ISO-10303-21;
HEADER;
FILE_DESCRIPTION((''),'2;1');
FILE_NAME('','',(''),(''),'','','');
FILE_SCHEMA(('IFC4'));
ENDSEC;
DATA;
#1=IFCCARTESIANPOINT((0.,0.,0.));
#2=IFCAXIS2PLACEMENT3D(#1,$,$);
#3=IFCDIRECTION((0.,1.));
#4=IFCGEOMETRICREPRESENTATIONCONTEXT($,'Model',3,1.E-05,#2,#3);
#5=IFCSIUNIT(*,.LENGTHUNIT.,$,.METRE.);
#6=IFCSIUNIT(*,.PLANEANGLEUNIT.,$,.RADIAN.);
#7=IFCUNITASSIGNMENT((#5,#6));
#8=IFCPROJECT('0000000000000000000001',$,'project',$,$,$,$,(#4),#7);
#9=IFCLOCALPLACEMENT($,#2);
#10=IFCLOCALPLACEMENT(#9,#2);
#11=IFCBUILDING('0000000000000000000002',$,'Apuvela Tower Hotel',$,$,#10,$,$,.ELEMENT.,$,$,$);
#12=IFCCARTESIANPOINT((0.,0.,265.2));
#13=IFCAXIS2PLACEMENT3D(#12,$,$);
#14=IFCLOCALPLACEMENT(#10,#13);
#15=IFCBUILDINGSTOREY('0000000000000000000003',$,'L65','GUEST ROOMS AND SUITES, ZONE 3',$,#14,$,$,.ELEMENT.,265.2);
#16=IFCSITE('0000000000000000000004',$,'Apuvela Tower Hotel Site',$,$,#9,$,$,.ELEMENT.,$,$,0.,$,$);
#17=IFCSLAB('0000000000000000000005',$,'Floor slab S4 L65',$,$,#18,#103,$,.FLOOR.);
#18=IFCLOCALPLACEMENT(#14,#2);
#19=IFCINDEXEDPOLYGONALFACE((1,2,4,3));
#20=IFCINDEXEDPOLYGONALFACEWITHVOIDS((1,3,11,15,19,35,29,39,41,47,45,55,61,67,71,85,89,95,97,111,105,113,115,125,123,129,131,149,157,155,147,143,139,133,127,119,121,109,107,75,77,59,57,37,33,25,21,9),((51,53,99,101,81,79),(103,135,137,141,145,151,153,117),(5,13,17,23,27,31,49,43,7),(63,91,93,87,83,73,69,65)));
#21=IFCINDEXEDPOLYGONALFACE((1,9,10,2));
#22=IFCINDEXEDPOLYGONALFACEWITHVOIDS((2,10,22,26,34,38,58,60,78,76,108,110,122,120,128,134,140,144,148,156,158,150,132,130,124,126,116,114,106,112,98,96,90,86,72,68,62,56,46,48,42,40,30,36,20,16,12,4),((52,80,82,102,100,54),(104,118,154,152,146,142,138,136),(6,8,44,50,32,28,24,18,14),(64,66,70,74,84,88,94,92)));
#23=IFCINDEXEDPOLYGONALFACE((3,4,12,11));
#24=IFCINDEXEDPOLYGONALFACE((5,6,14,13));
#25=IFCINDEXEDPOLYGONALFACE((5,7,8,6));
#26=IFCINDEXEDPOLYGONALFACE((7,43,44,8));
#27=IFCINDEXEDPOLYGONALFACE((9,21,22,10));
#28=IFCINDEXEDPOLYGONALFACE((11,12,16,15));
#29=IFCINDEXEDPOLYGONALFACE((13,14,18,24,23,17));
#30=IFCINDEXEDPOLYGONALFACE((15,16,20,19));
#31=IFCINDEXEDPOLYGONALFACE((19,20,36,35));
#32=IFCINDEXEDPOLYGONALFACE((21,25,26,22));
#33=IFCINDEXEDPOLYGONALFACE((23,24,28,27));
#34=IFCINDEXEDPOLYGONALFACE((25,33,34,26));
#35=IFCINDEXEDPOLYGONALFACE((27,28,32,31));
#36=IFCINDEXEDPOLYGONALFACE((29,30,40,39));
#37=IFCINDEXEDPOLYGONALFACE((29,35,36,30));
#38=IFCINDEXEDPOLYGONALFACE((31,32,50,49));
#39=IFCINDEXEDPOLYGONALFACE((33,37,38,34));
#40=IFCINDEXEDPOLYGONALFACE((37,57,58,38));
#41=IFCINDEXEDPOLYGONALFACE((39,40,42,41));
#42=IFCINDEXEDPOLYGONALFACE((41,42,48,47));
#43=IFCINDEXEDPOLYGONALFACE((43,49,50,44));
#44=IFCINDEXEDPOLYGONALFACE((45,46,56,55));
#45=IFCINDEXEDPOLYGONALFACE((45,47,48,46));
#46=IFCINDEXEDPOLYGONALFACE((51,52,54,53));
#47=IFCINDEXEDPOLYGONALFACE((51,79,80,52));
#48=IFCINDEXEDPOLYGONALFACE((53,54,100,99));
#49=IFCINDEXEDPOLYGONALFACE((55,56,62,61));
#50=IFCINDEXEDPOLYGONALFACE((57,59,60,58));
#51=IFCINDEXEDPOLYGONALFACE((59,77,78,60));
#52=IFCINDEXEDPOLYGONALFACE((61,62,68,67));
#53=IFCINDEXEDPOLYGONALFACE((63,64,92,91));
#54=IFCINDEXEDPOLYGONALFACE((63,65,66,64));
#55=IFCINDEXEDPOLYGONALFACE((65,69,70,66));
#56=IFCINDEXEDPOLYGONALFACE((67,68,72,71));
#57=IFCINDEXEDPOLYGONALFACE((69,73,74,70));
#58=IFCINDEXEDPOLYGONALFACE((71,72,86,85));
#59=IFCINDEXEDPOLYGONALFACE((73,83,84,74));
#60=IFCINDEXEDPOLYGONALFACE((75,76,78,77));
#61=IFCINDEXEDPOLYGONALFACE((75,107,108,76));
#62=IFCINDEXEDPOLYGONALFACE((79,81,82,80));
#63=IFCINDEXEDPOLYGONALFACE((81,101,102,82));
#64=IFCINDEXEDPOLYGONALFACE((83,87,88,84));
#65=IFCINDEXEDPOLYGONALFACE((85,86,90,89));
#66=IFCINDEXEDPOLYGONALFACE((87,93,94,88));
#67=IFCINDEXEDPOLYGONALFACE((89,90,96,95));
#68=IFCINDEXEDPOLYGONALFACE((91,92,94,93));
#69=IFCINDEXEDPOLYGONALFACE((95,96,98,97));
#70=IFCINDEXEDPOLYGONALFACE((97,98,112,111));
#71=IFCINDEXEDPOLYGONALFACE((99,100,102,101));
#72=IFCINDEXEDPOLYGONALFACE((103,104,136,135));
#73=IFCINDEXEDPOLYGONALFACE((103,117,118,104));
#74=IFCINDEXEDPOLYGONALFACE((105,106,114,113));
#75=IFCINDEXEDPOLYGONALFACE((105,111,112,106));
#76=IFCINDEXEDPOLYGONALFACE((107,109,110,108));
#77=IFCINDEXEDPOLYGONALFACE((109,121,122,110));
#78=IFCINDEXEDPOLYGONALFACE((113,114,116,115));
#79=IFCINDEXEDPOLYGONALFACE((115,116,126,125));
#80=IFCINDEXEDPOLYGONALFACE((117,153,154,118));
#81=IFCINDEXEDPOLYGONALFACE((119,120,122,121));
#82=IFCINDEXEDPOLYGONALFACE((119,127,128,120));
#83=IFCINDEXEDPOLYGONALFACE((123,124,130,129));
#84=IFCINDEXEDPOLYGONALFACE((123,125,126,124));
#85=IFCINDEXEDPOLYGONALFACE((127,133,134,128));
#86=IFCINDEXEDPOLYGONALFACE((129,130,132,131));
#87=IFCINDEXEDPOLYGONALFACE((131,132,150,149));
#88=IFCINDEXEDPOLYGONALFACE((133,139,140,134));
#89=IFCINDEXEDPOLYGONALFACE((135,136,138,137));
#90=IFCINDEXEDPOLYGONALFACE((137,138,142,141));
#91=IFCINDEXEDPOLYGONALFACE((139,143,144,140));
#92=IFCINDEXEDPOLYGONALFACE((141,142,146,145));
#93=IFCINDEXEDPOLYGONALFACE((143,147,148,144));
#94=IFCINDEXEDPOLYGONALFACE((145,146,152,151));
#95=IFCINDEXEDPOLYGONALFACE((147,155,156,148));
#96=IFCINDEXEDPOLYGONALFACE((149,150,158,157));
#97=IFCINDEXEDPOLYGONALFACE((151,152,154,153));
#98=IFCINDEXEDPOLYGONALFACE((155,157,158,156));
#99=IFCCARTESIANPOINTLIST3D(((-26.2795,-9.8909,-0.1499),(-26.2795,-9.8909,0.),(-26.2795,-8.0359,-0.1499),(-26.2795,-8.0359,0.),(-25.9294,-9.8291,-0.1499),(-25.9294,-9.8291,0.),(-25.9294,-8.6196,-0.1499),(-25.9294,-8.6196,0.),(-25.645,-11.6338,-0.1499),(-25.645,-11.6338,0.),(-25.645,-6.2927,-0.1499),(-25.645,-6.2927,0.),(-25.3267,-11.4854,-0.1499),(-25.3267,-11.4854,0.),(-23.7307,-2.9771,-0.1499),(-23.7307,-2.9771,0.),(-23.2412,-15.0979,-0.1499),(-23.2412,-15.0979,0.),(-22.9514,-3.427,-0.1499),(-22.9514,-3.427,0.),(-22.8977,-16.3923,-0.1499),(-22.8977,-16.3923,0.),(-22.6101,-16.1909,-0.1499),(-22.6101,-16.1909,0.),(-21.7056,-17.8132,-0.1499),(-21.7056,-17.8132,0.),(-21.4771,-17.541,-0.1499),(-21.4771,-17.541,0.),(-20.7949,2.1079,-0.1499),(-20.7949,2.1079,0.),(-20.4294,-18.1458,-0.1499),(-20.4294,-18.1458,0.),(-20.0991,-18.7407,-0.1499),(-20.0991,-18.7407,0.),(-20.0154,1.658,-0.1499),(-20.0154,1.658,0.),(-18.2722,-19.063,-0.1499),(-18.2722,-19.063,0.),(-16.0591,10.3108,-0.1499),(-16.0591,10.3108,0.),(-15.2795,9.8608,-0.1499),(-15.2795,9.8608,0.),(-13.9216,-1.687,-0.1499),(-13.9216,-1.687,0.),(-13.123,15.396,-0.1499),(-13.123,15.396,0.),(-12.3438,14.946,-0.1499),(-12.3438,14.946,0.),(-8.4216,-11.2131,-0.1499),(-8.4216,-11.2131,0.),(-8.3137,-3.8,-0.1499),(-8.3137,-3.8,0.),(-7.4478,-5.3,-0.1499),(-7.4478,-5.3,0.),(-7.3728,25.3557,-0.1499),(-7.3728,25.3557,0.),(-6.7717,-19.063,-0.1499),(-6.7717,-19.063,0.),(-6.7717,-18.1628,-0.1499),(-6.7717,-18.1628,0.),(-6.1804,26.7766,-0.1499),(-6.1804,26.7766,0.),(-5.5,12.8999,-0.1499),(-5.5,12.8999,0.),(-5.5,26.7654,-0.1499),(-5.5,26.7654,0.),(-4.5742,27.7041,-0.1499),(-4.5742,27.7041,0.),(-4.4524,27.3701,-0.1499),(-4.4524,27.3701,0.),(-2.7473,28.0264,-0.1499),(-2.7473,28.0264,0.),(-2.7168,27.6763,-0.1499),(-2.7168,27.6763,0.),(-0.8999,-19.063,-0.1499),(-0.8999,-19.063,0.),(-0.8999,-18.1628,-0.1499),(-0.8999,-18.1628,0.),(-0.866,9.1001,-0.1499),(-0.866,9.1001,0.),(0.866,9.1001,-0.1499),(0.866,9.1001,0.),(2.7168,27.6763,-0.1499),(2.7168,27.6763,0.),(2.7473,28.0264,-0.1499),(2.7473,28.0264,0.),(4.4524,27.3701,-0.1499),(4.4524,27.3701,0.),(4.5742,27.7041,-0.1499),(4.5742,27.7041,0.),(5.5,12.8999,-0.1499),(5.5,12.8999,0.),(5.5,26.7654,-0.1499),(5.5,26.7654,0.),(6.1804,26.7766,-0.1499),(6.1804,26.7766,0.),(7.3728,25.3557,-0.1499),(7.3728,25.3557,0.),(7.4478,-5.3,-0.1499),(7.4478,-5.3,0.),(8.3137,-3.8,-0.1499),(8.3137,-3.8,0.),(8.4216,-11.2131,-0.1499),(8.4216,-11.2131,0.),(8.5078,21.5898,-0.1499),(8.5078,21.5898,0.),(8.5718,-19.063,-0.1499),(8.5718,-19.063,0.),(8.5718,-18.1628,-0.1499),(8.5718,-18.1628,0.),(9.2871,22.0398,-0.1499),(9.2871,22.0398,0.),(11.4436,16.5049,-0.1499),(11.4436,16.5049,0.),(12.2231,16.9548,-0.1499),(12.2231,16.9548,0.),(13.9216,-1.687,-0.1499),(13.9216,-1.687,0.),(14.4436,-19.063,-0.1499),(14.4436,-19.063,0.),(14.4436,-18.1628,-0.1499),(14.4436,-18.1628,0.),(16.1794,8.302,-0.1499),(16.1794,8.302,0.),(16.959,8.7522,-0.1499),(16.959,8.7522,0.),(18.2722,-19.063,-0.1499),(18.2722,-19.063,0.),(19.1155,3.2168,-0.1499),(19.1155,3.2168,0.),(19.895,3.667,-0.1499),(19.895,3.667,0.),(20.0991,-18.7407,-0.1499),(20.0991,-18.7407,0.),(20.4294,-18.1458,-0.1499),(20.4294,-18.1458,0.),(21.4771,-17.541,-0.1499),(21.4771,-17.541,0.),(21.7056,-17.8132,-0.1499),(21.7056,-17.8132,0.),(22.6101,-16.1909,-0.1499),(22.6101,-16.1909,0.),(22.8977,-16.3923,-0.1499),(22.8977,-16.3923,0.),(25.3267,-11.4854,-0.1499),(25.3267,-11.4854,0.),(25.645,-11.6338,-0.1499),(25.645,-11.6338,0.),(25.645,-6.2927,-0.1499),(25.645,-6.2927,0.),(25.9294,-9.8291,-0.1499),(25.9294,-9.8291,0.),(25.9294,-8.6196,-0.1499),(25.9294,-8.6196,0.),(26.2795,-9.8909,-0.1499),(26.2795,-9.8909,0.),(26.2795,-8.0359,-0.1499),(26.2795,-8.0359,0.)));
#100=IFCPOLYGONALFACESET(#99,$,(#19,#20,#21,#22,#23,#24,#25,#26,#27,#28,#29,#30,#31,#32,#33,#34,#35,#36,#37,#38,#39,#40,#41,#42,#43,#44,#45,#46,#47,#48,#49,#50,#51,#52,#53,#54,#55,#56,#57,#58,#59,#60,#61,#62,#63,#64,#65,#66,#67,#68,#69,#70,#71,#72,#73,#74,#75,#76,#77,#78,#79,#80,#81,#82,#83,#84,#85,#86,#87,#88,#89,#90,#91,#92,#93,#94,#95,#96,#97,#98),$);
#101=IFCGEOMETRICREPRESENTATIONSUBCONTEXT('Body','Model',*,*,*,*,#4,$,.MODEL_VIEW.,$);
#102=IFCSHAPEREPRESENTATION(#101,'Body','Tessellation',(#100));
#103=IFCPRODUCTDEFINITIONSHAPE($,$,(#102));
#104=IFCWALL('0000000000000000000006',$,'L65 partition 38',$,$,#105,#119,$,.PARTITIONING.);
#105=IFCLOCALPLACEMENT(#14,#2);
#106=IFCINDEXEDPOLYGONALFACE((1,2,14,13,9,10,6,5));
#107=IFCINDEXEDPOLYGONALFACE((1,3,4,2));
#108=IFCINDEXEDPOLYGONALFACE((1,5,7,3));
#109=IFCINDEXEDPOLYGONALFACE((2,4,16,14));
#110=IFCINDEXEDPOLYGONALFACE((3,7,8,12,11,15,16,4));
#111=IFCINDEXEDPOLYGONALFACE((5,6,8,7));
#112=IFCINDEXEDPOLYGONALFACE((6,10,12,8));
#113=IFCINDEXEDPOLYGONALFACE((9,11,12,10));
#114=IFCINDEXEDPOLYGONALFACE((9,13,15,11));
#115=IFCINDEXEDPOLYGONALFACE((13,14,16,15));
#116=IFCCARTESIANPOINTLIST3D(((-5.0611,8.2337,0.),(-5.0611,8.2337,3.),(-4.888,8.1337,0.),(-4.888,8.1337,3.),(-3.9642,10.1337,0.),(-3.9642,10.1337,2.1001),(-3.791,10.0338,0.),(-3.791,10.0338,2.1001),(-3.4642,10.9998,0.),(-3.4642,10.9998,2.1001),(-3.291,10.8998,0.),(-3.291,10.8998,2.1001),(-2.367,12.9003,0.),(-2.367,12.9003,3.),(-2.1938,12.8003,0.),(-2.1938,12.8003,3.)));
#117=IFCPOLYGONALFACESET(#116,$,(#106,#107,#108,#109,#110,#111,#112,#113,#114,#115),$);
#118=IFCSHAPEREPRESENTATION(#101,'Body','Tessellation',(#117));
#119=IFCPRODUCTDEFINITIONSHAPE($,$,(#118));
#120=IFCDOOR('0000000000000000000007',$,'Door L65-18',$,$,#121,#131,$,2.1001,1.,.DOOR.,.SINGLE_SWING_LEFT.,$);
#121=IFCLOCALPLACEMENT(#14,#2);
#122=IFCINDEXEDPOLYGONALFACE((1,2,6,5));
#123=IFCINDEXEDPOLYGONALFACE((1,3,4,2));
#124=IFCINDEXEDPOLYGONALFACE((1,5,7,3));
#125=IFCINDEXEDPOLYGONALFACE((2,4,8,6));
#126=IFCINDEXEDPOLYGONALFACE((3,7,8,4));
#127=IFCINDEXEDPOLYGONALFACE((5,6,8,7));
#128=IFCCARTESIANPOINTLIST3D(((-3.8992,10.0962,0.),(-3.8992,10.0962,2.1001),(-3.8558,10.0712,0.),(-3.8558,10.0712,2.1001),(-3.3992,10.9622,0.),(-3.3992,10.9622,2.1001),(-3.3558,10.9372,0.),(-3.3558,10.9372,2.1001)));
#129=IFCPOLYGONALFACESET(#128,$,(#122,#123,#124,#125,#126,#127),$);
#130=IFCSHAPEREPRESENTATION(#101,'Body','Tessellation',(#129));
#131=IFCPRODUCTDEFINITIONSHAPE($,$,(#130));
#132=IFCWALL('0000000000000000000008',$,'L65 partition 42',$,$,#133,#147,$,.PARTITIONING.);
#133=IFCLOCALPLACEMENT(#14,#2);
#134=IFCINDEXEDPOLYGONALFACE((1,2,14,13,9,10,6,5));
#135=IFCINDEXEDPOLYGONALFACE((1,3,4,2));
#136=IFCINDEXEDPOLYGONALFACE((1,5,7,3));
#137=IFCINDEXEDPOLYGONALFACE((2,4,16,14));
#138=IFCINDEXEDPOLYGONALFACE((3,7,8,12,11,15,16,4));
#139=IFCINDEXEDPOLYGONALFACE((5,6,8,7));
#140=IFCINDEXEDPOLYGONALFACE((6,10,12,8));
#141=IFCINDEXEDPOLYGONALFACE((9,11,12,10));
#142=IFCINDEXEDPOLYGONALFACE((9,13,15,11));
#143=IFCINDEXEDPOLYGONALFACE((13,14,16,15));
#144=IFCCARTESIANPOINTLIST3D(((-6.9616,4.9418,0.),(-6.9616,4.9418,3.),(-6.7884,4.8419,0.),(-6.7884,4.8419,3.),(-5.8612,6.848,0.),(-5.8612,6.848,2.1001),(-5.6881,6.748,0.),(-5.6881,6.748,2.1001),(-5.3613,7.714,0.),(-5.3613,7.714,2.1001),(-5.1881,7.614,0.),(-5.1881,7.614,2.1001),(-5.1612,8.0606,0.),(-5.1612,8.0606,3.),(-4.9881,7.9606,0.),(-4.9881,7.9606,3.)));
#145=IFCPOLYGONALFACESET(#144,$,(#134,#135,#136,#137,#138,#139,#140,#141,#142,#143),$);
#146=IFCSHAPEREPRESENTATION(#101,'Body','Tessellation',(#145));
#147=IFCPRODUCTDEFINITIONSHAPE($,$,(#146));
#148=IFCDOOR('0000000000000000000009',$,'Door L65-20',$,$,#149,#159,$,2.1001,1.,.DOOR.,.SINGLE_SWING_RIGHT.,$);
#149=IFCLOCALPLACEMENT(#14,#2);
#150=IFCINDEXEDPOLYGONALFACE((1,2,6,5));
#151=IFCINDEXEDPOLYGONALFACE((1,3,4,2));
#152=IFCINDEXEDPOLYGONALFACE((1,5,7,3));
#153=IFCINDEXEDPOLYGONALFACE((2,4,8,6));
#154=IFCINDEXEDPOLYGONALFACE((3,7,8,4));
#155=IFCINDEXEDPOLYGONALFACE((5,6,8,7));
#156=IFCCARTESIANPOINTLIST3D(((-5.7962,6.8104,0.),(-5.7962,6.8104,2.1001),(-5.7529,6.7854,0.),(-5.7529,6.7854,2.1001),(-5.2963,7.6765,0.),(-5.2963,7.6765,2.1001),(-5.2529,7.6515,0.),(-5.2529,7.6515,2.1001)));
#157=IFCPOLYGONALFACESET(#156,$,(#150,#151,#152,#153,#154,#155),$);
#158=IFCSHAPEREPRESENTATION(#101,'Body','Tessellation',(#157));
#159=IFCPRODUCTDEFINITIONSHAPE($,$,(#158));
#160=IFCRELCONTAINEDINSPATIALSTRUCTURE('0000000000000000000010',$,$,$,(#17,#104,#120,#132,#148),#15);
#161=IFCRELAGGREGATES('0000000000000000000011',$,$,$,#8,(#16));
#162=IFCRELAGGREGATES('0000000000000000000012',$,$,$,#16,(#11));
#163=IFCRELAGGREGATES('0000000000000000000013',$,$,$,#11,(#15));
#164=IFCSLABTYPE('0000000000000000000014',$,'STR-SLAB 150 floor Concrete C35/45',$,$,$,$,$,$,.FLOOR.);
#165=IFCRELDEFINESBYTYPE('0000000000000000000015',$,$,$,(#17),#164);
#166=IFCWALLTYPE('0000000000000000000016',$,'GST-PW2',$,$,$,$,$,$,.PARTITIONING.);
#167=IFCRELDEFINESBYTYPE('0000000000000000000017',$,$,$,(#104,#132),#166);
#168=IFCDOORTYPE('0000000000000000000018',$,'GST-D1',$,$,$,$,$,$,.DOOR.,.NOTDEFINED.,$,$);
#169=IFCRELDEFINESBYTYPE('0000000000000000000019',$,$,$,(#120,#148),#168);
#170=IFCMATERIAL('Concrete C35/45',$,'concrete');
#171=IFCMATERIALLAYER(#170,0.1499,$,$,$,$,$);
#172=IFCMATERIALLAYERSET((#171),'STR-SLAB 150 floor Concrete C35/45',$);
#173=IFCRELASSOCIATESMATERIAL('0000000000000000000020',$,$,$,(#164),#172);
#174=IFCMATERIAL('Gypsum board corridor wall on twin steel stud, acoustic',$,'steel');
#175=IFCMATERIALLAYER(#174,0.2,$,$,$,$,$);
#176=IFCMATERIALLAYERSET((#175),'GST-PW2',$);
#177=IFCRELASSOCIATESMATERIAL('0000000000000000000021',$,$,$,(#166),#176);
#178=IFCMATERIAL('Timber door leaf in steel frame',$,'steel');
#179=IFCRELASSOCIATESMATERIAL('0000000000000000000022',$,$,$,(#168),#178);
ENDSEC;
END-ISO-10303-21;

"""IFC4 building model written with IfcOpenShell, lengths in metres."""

from ifc_helpers import new_model, si_unit, direction, frame, frame_2d, origin, place, context, subcontext, project, spatial, polyline, rectangle, outline, extrude, material, layer, layer_set, type_object, element, fill, save


model = new_model("IFC4")

# Units and contexts
model_context = context("Model", 3, precision=1e-05, world=origin(), true_north=direction((0.0, 1.0)))
body_context = subcontext(model_context, "Body", "Model", "MODEL_VIEW")
ifc_project = project(units=[si_unit("LENGTHUNIT", "METRE"), si_unit("PLANEANGLEUNIT", "RADIAN")], contexts=[model_context])

# Site, building, storey
site_placement = place(None, origin())
site = spatial("IfcSite", under=ifc_project, at=site_placement, Name="Apuvela Tower Hotel Site", CompositionType="ELEMENT", RefElevation=0.0)
building_placement = place(site_placement, origin())
building = spatial("IfcBuilding", under=site, at=building_placement, Name="Apuvela Tower Hotel", CompositionType="ELEMENT")
storey_placement = place(building_placement, frame((0.0, 0.0, 265.2)))
storey = spatial("IfcBuildingStorey", under=building, at=storey_placement, Name="L65", Description="GUEST ROOMS AND SUITES, ZONE 3", CompositionType="ELEMENT", Elevation=265.2)

# Slab
ifc_material_1 = material(Name="Concrete C35/45", Category="concrete")
ifc_layer_1 = layer(ifc_material_1, 0.1499)
ifc_layer_set_1 = layer_set([ifc_layer_1], Name="STR-SLAB 150 floor Concrete C35/45")
slab_type_1 = type_object("IfcSlabType", Name="STR-SLAB 150 floor Concrete C35/45", PredefinedType="FLOOR", material=ifc_layer_set_1)
slab_1_placement = place(storey_placement, frame((0.0, 0.0, -0.1499)))
element("IfcSlab", 1, at=slab_1_placement, inside=storey, type_object=slab_type_1, Name="Floor slab S4 L65", PredefinedType="FLOOR", context=body_context, shape_type="SweptSolid", body=[
    extrude(outline(polyline([(-6.1804, 26.7766), (-4.5742, 27.7041), (-2.7473, 28.0264), (2.7473, 28.0264), (4.5742, 27.7041), (6.1804, 26.7766), (7.3728, 25.3557), (9.2871, 22.0398), (8.5078, 21.5898), (11.4436, 16.5049), (12.2231, 16.9548), (16.959, 8.7522), (16.1794, 8.302), (19.1155, 3.2168), (19.895, 3.667), (25.645, -6.2927), (26.2795, -8.0359), (26.2795, -9.8909), (25.645, -11.6338), (22.8977, -16.3923), (21.7056, -17.8132), (20.0991, -18.7407), (18.2722, -19.063), (14.4436, -19.063), (14.4436, -18.1628), (8.5718, -18.1628), (8.5718, -19.063), (-0.8999, -19.063), (-0.8999, -18.1628), (-6.7717, -18.1628), (-6.7717, -19.063), (-18.2722, -19.063), (-20.0991, -18.7407), (-21.7056, -17.8132), (-22.8977, -16.3923), (-25.645, -11.6338), (-26.2795, -9.8909), (-26.2795, -8.0359), (-25.645, -6.2927), (-23.7307, -2.9771), (-22.9514, -3.427), (-20.0154, 1.658), (-20.7949, 2.1079), (-16.0591, 10.3108), (-15.2795, 9.8608), (-12.3438, 14.946), (-13.123, 15.396), (-7.3728, 25.3557), (-6.1804, 26.7766)]), holes=[polyline([(0.866, 9.1001), (-0.866, 9.1001), (-8.3137, -3.8), (-7.4478, -5.3), (7.4478, -5.3), (8.3137, -3.8), (0.866, 9.1001)]), polyline([(-5.5, 12.8999), (-5.5, 26.7654), (-4.4524, 27.3701), (-2.7168, 27.6763), (2.7168, 27.6763), (4.4524, 27.3701), (5.5, 26.7654), (5.5, 12.8999), (-5.5, 12.8999)]), polyline([(-8.4216, -11.2131), (-20.4294, -18.1458), (-21.4771, -17.541), (-22.6101, -16.1909), (-23.2412, -15.0979), (-25.3267, -11.4854), (-25.9294, -9.8291), (-25.9294, -8.6196), (-13.9216, -1.687), (-8.4216, -11.2131)]), polyline([(13.9216, -1.687), (25.9294, -8.6196), (25.9294, -9.8291), (25.3267, -11.4854), (22.6101, -16.1909), (21.4771, -17.541), (20.4294, -18.1458), (8.4216, -11.2131), (13.9216, -1.687)])]), origin(), (0.0, 0.0, 1.0), 0.1499),
])

# Walls, openings, doors
ifc_material_2 = material(Name="Gypsum board corridor wall on twin steel stud, acoustic", Category="steel")
ifc_layer_2 = layer(ifc_material_2, 0.2)
ifc_layer_set_2 = layer_set([ifc_layer_2], Name="GST-PW2")
wall_type_1 = type_object("IfcWallType", Name="GST-PW2", PredefinedType="PARTITIONING", material=ifc_layer_set_2)
wall_1_placement = place(storey_placement, frame((-4.9746, 8.1836, 0.0), z_axis=(0.0, 0.0, 1.0), x_axis=(0.499984, 0.866035, 0.0)))
wall_1 = element("IfcWall", 2, at=wall_1_placement, inside=storey, type_object=wall_type_1, Name="L65 partition 38", PredefinedType="PARTITIONING", context=body_context, shape_type="SweptSolid", body=[
    extrude(rectangle(XDim=5.3884, YDim=0.2, at=frame_2d((2.6943, 0.0))), origin(), (0.0, 0.0, 1.0), 3.0),
])
opening_1_placement = place(wall_1_placement, frame((2.1941, 0.0, 0.0)))
opening_1 = element("IfcOpeningElement", 3, at=opening_1_placement, cuts=wall_1, PredefinedType="OPENING", context=body_context, shape_type="SweptSolid", body=[
    extrude(rectangle(XDim=1.0, YDim=2.1001, at=frame_2d((0.5, 1.05))), frame((0.0, 0.1099, 0.0), z_axis=(0.0, -1.0, 0.0), x_axis=(1.0, 0.0, 0.0)), (0.0, 0.0, 1.0), 0.22),
])
ifc_material_3 = material(Name="Timber door leaf in steel frame", Category="steel")
door_type_1 = type_object("IfcDoorType", Name="GST-D1", OperationType="NOTDEFINED", PredefinedType="DOOR", material=ifc_material_3)
door_1_placement = place(opening_1_placement, origin())
door_1 = element("IfcDoor", 4, at=door_1_placement, inside=storey, type_object=door_type_1, Name="Door L65-18", OperationType="SINGLE_SWING_LEFT", OverallHeight=2.1001, OverallWidth=1.0, PredefinedType="DOOR", context=body_context, shape_type="SweptSolid", body=[
    extrude(rectangle(XDim=1.0, YDim=2.1001, at=frame_2d((0.5, 1.05))), frame((0.0, 0.0249, 0.0), z_axis=(0.0, -1.0, 0.0), x_axis=(1.0, 0.0, 0.0)), (0.0, 0.0, 1.0), 0.05),
])
fill(opening_1, door_1)
wall_2_placement = place(storey_placement, frame((-6.875, 4.8918, 0.0), z_axis=(0.0, 0.0, 1.0), x_axis=(0.499945, 0.866057, 0.0)))
wall_2 = element("IfcWall", 5, at=wall_2_placement, inside=storey, type_object=wall_type_1, Name="L65 partition 42", PredefinedType="PARTITIONING", context=body_context, shape_type="SweptSolid", body=[
    extrude(rectangle(XDim=3.6011, YDim=0.2, at=frame_2d((1.8005, 0.0))), origin(), (0.0, 0.0, 1.0), 3.0),
])
opening_2_placement = place(wall_2_placement, frame((2.2009, 0.0, 0.0)))
opening_2 = element("IfcOpeningElement", 6, at=opening_2_placement, cuts=wall_2, PredefinedType="OPENING", context=body_context, shape_type="SweptSolid", body=[
    extrude(rectangle(XDim=1.0, YDim=2.1001, at=frame_2d((0.5, 1.05))), frame((0.0, 0.1099, 0.0), z_axis=(0.0, -1.0, 0.0), x_axis=(1.0, 0.0, 0.0)), (0.0, 0.0, 1.0), 0.22),
])
door_2_placement = place(opening_2_placement, origin())
door_2 = element("IfcDoor", 7, at=door_2_placement, inside=storey, type_object=door_type_1, Name="Door L65-20", OperationType="SINGLE_SWING_RIGHT", OverallHeight=2.1001, OverallWidth=1.0, PredefinedType="DOOR", context=body_context, shape_type="SweptSolid", body=[
    extrude(rectangle(XDim=1.0, YDim=2.1001, at=frame_2d((0.5, 1.05))), frame((0.0, 0.0249, 0.0), z_axis=(0.0, -1.0, 0.0), x_axis=(1.0, 0.0, 0.0)), (0.0, 0.0, 1.0), 0.05),
])
fill(opening_2, door_2)

save(model, "model.ifc")
